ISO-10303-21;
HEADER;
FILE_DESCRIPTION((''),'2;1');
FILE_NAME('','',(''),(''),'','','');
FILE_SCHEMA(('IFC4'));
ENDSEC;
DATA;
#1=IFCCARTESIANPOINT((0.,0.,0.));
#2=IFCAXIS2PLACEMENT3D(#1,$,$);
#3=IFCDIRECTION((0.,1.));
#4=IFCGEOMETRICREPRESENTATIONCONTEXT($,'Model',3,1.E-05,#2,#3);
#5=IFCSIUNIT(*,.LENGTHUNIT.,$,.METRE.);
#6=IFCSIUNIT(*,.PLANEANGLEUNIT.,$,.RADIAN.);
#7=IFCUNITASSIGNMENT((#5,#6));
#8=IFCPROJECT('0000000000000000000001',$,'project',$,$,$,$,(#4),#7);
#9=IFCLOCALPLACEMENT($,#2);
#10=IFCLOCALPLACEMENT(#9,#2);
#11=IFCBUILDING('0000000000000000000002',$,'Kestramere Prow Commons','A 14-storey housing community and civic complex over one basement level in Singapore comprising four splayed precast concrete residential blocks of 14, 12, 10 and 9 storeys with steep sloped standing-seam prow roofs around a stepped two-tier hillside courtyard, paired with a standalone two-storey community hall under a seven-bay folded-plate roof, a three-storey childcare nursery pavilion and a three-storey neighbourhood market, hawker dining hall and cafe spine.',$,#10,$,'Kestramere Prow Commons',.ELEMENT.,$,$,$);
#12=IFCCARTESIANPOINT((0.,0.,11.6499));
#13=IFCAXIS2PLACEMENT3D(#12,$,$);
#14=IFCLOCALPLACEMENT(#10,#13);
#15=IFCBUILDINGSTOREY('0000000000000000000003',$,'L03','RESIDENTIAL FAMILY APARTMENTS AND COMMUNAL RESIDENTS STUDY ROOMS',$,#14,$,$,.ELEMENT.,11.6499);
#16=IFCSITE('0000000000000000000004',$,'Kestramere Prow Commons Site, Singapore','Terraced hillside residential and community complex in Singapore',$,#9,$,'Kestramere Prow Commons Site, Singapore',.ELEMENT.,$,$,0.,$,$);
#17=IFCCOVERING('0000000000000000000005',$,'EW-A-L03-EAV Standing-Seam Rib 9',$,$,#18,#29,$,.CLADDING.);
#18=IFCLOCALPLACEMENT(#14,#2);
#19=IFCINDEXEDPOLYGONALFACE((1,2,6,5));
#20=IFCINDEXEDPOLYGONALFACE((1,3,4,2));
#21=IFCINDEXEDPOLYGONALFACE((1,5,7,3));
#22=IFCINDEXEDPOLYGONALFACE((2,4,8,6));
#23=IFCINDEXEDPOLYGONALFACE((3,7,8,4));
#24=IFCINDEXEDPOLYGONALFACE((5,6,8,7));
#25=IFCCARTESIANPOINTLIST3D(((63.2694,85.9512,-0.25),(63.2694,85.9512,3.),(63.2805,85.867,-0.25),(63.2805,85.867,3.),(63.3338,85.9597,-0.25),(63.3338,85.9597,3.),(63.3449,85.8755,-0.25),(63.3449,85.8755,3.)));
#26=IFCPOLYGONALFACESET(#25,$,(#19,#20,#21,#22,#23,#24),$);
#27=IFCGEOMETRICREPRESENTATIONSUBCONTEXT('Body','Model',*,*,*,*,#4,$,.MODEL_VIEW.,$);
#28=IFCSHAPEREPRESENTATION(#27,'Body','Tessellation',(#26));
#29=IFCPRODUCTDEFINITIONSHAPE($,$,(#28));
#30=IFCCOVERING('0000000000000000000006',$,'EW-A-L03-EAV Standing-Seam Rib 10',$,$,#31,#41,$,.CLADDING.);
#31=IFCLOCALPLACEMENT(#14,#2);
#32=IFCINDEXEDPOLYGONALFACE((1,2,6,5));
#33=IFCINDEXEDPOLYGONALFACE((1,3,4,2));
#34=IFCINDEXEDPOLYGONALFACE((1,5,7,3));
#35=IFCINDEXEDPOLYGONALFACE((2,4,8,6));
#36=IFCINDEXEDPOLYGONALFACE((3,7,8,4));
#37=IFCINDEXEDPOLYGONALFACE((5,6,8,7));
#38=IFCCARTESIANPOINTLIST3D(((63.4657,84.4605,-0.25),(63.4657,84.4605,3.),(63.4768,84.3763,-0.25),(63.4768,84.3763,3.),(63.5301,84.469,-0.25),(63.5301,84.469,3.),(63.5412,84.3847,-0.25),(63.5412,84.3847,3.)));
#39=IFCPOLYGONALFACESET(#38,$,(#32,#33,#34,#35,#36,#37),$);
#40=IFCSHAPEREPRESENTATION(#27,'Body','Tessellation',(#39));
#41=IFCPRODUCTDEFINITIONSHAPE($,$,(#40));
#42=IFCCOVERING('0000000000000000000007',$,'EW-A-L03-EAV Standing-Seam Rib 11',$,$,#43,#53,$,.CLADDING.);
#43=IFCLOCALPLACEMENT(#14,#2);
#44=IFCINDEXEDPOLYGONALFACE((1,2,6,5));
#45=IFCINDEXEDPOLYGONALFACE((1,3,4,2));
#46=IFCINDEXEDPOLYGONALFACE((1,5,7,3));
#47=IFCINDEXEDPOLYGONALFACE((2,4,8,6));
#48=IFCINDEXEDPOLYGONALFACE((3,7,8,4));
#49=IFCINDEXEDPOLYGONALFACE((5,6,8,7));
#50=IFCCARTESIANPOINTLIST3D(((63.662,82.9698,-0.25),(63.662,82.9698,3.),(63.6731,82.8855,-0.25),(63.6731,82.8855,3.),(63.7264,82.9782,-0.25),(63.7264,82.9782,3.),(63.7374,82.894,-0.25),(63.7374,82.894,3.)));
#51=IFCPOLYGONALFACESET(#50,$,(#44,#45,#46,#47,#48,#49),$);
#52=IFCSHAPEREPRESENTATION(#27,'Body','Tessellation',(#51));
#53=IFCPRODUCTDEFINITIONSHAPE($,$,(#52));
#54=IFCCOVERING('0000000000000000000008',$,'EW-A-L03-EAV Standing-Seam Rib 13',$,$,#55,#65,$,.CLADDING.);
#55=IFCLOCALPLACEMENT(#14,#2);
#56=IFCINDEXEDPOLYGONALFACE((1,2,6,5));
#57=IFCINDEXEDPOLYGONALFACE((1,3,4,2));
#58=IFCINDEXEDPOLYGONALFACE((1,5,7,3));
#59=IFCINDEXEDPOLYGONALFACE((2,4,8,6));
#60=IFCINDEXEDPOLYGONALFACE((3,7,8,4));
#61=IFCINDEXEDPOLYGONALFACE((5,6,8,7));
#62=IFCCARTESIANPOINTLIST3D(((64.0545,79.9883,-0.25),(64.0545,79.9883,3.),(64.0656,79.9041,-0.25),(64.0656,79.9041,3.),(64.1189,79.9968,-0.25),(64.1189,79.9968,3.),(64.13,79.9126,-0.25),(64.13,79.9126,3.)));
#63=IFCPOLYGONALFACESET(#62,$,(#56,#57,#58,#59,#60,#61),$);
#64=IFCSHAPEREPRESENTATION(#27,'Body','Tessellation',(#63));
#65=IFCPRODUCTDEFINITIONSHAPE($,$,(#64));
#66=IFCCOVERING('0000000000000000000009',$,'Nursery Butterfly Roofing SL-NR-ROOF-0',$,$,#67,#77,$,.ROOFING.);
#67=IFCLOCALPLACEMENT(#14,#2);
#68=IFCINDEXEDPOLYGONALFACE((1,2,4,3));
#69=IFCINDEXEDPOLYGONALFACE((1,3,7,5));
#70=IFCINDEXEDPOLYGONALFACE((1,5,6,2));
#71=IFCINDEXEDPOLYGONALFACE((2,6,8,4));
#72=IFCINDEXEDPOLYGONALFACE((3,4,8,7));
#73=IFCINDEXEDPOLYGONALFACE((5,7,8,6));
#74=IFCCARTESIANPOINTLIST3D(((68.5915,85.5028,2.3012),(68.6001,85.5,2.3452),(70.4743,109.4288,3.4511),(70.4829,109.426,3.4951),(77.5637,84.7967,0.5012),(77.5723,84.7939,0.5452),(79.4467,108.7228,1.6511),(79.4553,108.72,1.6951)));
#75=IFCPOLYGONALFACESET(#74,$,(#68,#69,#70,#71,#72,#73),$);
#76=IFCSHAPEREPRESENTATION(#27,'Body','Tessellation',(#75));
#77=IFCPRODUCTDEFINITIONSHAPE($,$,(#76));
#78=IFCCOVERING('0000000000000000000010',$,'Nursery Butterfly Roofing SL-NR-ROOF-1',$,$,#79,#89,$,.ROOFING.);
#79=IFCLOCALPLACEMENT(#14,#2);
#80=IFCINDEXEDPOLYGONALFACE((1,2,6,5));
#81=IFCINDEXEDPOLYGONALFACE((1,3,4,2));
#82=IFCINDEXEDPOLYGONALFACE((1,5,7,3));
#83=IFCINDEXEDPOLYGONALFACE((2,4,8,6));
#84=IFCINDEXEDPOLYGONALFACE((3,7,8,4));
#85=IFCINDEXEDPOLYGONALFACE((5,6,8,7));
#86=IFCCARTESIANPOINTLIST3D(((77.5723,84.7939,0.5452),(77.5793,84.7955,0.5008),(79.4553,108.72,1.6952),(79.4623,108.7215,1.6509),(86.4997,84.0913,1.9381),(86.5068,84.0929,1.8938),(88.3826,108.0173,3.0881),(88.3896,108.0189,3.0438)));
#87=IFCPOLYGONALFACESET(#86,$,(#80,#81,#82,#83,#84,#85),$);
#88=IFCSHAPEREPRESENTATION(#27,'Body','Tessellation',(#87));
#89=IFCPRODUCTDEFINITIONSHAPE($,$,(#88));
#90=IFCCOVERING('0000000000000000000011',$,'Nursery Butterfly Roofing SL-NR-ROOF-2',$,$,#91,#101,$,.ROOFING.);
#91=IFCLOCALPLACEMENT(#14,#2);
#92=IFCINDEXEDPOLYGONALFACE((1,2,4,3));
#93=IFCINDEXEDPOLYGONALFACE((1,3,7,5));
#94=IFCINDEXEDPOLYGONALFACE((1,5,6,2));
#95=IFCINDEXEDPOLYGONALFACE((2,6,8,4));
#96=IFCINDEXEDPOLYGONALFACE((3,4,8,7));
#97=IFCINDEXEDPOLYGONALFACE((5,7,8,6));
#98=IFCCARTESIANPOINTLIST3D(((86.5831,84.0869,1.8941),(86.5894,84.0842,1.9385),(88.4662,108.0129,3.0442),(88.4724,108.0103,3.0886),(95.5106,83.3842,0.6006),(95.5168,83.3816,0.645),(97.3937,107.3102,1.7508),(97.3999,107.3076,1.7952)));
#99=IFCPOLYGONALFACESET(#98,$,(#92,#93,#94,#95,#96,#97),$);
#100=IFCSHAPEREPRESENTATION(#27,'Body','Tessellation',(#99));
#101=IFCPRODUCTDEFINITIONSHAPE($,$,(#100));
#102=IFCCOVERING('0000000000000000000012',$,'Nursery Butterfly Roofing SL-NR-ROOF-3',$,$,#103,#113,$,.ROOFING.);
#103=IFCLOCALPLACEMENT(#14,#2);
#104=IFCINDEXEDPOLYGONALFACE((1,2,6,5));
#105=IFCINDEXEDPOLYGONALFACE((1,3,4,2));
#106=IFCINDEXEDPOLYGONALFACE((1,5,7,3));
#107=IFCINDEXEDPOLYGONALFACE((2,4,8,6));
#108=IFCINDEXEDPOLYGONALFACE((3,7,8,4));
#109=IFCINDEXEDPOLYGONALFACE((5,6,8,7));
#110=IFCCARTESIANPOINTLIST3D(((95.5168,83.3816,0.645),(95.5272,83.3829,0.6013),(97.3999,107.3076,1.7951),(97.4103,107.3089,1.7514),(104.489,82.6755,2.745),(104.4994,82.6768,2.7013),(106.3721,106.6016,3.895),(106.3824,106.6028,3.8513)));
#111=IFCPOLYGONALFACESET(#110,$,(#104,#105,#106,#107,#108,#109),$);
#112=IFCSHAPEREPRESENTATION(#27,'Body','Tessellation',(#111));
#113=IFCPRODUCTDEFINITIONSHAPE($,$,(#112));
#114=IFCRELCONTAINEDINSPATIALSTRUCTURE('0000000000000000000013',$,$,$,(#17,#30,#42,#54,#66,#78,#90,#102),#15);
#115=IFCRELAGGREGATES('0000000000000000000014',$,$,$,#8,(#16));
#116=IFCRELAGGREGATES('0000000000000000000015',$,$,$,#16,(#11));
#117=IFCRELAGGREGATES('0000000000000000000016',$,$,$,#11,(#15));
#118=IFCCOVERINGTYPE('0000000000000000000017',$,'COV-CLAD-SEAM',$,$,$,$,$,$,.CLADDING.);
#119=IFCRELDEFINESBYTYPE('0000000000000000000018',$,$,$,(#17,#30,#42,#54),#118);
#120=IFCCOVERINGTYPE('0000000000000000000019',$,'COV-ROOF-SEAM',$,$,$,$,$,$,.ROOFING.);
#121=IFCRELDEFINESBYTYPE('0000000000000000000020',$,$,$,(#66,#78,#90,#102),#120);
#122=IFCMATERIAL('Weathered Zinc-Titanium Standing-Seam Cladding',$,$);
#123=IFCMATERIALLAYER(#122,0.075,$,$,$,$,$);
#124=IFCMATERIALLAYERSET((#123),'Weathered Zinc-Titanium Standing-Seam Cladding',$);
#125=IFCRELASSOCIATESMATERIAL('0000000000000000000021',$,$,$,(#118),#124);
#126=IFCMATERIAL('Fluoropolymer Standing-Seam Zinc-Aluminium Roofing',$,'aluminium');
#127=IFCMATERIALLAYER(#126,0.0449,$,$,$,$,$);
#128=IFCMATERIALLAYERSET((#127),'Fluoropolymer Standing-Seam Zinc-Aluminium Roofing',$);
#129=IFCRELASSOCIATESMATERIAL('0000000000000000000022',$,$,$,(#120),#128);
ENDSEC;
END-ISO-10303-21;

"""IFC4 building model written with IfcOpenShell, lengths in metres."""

from ifc_helpers import new_model, si_unit, direction, frame, origin, origin_2d, place, context, subcontext, project, spatial, polyline, rectangle, outline, extrude, material, layer, layer_set, type_object, element, save


model = new_model("IFC4")

# Units and contexts
model_context = context("Model", 3, precision=1e-05, world=origin(), true_north=direction((0.0, 1.0)))
body_context = subcontext(model_context, "Body", "Model", "MODEL_VIEW")
ifc_project = project(units=[si_unit("LENGTHUNIT", "METRE"), si_unit("PLANEANGLEUNIT", "RADIAN")], contexts=[model_context])

# Site, building, storey
site_placement = place(None, origin())
site = spatial("IfcSite", under=ifc_project, at=site_placement, Name="Kestramere Prow Commons Site, Singapore", Description="Terraced hillside residential and community complex in Singapore", LongName="Kestramere Prow Commons Site, Singapore", CompositionType="ELEMENT", RefElevation=0.0)
building_placement = place(site_placement, origin())
building = spatial("IfcBuilding", under=site, at=building_placement, Name="Kestramere Prow Commons", Description="A 14-storey housing community and civic complex over one basement level in Singapore comprising four splayed precast concrete residential blocks of 14, 12, 10 and 9 storeys with steep sloped standing-seam prow roofs around a stepped two-tier hillside courtyard, paired with a standalone two-storey community hall under a seven-bay folded-plate roof, a three-storey childcare nursery pavilion and a three-storey neighbourhood market, hawker dining hall and cafe spine.", LongName="Kestramere Prow Commons", CompositionType="ELEMENT")
storey_placement = place(building_placement, frame((0.0, 0.0, 11.6499)))
storey = spatial("IfcBuildingStorey", under=building, at=storey_placement, Name="L03", Description="RESIDENTIAL FAMILY APARTMENTS AND COMMUNAL RESIDENTS STUDY ROOMS", CompositionType="ELEMENT", Elevation=11.6499)

# Coverings
ifc_material_1 = material(Name="Weathered Zinc-Titanium Standing-Seam Cladding")
ifc_layer_1 = layer(ifc_material_1, 0.075)
ifc_layer_set_1 = layer_set([ifc_layer_1], Name="Weathered Zinc-Titanium Standing-Seam Cladding")
covering_type_1 = type_object("IfcCoveringType", Name="COV-CLAD-SEAM", PredefinedType="CLADDING", material=ifc_layer_set_1)
for number, where, z_axis, x_axis, name in (
    (1, (63.3071, 85.9133, -0.25), (0.0, 0.0, 1.0), (0.130526, -0.991445, 0.0), "EW-A-L03-EAV Standing-Seam Rib 9"),
    (2, (63.5034, 84.4226, -0.25), (0.0, 0.0, 1.0), (0.130526, -0.991445, 0.0), "EW-A-L03-EAV Standing-Seam Rib 10"),
    (3, (63.6997, 82.9319, -0.25), (0.0, 0.0, 1.0), (0.130526, -0.991445, 0.0), "EW-A-L03-EAV Standing-Seam Rib 11"),
    (4, (64.0923, 79.9504, -0.25), (0.0, 0.0, 1.0), (0.130526, -0.991445, 0.0), "EW-A-L03-EAV Standing-Seam Rib 13"),
):
    element("IfcCovering", number, at=place(storey_placement, frame(where, z_axis=z_axis, x_axis=x_axis)), inside=storey, type_object=covering_type_1, Name=name, PredefinedType="CLADDING", context=body_context, shape_type="SweptSolid", body=[
        extrude(rectangle(XDim=0.085, YDim=0.0649, at=origin_2d()), origin(), (0.0, 0.0, 1.0), 3.25),
    ])
ifc_material_2 = material(Name="Fluoropolymer Standing-Seam Zinc-Aluminium Roofing", Category="aluminium")
ifc_layer_2 = layer(ifc_material_2, 0.0449)
ifc_layer_set_2 = layer_set([ifc_layer_2], Name="Fluoropolymer Standing-Seam Zinc-Aluminium Roofing")
covering_type_2 = type_object("IfcCoveringType", Name="COV-ROOF-SEAM", PredefinedType="ROOFING", material=ifc_layer_set_2)
covering_1_placement = place(storey_placement, frame((68.6001, 85.5, 2.3452), z_axis=(0.191619, -0.062156, 0.979499), x_axis=(0.977558, -0.076928, -0.196121)))
element("IfcCovering", 5, at=covering_1_placement, inside=storey, type_object=covering_type_2, Name="Nursery Butterfly Roofing SL-NR-ROOF-0", PredefinedType="ROOFING", context=body_context, shape_type="SweptSolid", body=[
    extrude(outline(polyline([(0.0, 0.0), (9.1782, 0.0), (8.9529, 24.0265), (-0.2255, 24.0265), (0.0, 0.0)])), origin(), (0.0, 0.0, -1.0), 0.0449),
])
covering_2_placement = place(storey_placement, frame((77.5723, 84.7939, 0.5452), z_axis=(-0.156767, -0.035104, 0.987012), x_axis=(0.985071, -0.077531, 0.153701)))
element("IfcCovering", 6, at=covering_2_placement, inside=storey, type_object=covering_type_2, Name="Nursery Butterfly Roofing SL-NR-ROOF-1", PredefinedType="ROOFING", context=body_context, shape_type="SweptSolid", body=[
    extrude(outline(polyline([(0.0, 0.0), (9.0628, 0.0), (9.2393, 24.0269), (0.1767, 24.0269), (0.0, 0.0)])), origin(), (0.0, 0.0, -1.0), 0.0449),
])
covering_3_placement = place(storey_placement, frame((86.5894, 84.0842, 1.9385), z_axis=(0.138637, -0.058435, 0.988618), x_axis=(0.986678, -0.077656, -0.142955)))
element("IfcCovering", 7, at=covering_3_placement, inside=storey, type_object=covering_type_2, Name="Nursery Butterfly Roofing SL-NR-ROOF-2", PredefinedType="ROOFING", context=body_context, shape_type="SweptSolid", body=[
    extrude(outline(polyline([(0.0, 0.0), (9.048, 0.0), (8.8836, 24.027), (-0.1645, 24.027), (0.0, 0.0)])), origin(), (0.0, 0.0, -1.0), 0.0449),
])
covering_4_placement = place(storey_placement, frame((95.5168, 83.3816, 0.645), z_axis=(-0.22994, -0.028661, 0.972783), x_axis=(0.97084, -0.076399, 0.227229)))
element("IfcCovering", 8, at=covering_4_placement, inside=storey, type_object=covering_type_2, Name="Nursery Butterfly Roofing SL-NR-ROOF-3", PredefinedType="ROOFING", context=body_context, shape_type="SweptSolid", body=[
    extrude(outline(polyline([(0.0, 0.0), (9.2417, 0.0), (9.5032, 24.0261), (0.2616, 24.0261), (0.0, 0.0)])), origin(), (0.0, 0.0, -1.0), 0.0449),
])

save(model, "model.ifc")
